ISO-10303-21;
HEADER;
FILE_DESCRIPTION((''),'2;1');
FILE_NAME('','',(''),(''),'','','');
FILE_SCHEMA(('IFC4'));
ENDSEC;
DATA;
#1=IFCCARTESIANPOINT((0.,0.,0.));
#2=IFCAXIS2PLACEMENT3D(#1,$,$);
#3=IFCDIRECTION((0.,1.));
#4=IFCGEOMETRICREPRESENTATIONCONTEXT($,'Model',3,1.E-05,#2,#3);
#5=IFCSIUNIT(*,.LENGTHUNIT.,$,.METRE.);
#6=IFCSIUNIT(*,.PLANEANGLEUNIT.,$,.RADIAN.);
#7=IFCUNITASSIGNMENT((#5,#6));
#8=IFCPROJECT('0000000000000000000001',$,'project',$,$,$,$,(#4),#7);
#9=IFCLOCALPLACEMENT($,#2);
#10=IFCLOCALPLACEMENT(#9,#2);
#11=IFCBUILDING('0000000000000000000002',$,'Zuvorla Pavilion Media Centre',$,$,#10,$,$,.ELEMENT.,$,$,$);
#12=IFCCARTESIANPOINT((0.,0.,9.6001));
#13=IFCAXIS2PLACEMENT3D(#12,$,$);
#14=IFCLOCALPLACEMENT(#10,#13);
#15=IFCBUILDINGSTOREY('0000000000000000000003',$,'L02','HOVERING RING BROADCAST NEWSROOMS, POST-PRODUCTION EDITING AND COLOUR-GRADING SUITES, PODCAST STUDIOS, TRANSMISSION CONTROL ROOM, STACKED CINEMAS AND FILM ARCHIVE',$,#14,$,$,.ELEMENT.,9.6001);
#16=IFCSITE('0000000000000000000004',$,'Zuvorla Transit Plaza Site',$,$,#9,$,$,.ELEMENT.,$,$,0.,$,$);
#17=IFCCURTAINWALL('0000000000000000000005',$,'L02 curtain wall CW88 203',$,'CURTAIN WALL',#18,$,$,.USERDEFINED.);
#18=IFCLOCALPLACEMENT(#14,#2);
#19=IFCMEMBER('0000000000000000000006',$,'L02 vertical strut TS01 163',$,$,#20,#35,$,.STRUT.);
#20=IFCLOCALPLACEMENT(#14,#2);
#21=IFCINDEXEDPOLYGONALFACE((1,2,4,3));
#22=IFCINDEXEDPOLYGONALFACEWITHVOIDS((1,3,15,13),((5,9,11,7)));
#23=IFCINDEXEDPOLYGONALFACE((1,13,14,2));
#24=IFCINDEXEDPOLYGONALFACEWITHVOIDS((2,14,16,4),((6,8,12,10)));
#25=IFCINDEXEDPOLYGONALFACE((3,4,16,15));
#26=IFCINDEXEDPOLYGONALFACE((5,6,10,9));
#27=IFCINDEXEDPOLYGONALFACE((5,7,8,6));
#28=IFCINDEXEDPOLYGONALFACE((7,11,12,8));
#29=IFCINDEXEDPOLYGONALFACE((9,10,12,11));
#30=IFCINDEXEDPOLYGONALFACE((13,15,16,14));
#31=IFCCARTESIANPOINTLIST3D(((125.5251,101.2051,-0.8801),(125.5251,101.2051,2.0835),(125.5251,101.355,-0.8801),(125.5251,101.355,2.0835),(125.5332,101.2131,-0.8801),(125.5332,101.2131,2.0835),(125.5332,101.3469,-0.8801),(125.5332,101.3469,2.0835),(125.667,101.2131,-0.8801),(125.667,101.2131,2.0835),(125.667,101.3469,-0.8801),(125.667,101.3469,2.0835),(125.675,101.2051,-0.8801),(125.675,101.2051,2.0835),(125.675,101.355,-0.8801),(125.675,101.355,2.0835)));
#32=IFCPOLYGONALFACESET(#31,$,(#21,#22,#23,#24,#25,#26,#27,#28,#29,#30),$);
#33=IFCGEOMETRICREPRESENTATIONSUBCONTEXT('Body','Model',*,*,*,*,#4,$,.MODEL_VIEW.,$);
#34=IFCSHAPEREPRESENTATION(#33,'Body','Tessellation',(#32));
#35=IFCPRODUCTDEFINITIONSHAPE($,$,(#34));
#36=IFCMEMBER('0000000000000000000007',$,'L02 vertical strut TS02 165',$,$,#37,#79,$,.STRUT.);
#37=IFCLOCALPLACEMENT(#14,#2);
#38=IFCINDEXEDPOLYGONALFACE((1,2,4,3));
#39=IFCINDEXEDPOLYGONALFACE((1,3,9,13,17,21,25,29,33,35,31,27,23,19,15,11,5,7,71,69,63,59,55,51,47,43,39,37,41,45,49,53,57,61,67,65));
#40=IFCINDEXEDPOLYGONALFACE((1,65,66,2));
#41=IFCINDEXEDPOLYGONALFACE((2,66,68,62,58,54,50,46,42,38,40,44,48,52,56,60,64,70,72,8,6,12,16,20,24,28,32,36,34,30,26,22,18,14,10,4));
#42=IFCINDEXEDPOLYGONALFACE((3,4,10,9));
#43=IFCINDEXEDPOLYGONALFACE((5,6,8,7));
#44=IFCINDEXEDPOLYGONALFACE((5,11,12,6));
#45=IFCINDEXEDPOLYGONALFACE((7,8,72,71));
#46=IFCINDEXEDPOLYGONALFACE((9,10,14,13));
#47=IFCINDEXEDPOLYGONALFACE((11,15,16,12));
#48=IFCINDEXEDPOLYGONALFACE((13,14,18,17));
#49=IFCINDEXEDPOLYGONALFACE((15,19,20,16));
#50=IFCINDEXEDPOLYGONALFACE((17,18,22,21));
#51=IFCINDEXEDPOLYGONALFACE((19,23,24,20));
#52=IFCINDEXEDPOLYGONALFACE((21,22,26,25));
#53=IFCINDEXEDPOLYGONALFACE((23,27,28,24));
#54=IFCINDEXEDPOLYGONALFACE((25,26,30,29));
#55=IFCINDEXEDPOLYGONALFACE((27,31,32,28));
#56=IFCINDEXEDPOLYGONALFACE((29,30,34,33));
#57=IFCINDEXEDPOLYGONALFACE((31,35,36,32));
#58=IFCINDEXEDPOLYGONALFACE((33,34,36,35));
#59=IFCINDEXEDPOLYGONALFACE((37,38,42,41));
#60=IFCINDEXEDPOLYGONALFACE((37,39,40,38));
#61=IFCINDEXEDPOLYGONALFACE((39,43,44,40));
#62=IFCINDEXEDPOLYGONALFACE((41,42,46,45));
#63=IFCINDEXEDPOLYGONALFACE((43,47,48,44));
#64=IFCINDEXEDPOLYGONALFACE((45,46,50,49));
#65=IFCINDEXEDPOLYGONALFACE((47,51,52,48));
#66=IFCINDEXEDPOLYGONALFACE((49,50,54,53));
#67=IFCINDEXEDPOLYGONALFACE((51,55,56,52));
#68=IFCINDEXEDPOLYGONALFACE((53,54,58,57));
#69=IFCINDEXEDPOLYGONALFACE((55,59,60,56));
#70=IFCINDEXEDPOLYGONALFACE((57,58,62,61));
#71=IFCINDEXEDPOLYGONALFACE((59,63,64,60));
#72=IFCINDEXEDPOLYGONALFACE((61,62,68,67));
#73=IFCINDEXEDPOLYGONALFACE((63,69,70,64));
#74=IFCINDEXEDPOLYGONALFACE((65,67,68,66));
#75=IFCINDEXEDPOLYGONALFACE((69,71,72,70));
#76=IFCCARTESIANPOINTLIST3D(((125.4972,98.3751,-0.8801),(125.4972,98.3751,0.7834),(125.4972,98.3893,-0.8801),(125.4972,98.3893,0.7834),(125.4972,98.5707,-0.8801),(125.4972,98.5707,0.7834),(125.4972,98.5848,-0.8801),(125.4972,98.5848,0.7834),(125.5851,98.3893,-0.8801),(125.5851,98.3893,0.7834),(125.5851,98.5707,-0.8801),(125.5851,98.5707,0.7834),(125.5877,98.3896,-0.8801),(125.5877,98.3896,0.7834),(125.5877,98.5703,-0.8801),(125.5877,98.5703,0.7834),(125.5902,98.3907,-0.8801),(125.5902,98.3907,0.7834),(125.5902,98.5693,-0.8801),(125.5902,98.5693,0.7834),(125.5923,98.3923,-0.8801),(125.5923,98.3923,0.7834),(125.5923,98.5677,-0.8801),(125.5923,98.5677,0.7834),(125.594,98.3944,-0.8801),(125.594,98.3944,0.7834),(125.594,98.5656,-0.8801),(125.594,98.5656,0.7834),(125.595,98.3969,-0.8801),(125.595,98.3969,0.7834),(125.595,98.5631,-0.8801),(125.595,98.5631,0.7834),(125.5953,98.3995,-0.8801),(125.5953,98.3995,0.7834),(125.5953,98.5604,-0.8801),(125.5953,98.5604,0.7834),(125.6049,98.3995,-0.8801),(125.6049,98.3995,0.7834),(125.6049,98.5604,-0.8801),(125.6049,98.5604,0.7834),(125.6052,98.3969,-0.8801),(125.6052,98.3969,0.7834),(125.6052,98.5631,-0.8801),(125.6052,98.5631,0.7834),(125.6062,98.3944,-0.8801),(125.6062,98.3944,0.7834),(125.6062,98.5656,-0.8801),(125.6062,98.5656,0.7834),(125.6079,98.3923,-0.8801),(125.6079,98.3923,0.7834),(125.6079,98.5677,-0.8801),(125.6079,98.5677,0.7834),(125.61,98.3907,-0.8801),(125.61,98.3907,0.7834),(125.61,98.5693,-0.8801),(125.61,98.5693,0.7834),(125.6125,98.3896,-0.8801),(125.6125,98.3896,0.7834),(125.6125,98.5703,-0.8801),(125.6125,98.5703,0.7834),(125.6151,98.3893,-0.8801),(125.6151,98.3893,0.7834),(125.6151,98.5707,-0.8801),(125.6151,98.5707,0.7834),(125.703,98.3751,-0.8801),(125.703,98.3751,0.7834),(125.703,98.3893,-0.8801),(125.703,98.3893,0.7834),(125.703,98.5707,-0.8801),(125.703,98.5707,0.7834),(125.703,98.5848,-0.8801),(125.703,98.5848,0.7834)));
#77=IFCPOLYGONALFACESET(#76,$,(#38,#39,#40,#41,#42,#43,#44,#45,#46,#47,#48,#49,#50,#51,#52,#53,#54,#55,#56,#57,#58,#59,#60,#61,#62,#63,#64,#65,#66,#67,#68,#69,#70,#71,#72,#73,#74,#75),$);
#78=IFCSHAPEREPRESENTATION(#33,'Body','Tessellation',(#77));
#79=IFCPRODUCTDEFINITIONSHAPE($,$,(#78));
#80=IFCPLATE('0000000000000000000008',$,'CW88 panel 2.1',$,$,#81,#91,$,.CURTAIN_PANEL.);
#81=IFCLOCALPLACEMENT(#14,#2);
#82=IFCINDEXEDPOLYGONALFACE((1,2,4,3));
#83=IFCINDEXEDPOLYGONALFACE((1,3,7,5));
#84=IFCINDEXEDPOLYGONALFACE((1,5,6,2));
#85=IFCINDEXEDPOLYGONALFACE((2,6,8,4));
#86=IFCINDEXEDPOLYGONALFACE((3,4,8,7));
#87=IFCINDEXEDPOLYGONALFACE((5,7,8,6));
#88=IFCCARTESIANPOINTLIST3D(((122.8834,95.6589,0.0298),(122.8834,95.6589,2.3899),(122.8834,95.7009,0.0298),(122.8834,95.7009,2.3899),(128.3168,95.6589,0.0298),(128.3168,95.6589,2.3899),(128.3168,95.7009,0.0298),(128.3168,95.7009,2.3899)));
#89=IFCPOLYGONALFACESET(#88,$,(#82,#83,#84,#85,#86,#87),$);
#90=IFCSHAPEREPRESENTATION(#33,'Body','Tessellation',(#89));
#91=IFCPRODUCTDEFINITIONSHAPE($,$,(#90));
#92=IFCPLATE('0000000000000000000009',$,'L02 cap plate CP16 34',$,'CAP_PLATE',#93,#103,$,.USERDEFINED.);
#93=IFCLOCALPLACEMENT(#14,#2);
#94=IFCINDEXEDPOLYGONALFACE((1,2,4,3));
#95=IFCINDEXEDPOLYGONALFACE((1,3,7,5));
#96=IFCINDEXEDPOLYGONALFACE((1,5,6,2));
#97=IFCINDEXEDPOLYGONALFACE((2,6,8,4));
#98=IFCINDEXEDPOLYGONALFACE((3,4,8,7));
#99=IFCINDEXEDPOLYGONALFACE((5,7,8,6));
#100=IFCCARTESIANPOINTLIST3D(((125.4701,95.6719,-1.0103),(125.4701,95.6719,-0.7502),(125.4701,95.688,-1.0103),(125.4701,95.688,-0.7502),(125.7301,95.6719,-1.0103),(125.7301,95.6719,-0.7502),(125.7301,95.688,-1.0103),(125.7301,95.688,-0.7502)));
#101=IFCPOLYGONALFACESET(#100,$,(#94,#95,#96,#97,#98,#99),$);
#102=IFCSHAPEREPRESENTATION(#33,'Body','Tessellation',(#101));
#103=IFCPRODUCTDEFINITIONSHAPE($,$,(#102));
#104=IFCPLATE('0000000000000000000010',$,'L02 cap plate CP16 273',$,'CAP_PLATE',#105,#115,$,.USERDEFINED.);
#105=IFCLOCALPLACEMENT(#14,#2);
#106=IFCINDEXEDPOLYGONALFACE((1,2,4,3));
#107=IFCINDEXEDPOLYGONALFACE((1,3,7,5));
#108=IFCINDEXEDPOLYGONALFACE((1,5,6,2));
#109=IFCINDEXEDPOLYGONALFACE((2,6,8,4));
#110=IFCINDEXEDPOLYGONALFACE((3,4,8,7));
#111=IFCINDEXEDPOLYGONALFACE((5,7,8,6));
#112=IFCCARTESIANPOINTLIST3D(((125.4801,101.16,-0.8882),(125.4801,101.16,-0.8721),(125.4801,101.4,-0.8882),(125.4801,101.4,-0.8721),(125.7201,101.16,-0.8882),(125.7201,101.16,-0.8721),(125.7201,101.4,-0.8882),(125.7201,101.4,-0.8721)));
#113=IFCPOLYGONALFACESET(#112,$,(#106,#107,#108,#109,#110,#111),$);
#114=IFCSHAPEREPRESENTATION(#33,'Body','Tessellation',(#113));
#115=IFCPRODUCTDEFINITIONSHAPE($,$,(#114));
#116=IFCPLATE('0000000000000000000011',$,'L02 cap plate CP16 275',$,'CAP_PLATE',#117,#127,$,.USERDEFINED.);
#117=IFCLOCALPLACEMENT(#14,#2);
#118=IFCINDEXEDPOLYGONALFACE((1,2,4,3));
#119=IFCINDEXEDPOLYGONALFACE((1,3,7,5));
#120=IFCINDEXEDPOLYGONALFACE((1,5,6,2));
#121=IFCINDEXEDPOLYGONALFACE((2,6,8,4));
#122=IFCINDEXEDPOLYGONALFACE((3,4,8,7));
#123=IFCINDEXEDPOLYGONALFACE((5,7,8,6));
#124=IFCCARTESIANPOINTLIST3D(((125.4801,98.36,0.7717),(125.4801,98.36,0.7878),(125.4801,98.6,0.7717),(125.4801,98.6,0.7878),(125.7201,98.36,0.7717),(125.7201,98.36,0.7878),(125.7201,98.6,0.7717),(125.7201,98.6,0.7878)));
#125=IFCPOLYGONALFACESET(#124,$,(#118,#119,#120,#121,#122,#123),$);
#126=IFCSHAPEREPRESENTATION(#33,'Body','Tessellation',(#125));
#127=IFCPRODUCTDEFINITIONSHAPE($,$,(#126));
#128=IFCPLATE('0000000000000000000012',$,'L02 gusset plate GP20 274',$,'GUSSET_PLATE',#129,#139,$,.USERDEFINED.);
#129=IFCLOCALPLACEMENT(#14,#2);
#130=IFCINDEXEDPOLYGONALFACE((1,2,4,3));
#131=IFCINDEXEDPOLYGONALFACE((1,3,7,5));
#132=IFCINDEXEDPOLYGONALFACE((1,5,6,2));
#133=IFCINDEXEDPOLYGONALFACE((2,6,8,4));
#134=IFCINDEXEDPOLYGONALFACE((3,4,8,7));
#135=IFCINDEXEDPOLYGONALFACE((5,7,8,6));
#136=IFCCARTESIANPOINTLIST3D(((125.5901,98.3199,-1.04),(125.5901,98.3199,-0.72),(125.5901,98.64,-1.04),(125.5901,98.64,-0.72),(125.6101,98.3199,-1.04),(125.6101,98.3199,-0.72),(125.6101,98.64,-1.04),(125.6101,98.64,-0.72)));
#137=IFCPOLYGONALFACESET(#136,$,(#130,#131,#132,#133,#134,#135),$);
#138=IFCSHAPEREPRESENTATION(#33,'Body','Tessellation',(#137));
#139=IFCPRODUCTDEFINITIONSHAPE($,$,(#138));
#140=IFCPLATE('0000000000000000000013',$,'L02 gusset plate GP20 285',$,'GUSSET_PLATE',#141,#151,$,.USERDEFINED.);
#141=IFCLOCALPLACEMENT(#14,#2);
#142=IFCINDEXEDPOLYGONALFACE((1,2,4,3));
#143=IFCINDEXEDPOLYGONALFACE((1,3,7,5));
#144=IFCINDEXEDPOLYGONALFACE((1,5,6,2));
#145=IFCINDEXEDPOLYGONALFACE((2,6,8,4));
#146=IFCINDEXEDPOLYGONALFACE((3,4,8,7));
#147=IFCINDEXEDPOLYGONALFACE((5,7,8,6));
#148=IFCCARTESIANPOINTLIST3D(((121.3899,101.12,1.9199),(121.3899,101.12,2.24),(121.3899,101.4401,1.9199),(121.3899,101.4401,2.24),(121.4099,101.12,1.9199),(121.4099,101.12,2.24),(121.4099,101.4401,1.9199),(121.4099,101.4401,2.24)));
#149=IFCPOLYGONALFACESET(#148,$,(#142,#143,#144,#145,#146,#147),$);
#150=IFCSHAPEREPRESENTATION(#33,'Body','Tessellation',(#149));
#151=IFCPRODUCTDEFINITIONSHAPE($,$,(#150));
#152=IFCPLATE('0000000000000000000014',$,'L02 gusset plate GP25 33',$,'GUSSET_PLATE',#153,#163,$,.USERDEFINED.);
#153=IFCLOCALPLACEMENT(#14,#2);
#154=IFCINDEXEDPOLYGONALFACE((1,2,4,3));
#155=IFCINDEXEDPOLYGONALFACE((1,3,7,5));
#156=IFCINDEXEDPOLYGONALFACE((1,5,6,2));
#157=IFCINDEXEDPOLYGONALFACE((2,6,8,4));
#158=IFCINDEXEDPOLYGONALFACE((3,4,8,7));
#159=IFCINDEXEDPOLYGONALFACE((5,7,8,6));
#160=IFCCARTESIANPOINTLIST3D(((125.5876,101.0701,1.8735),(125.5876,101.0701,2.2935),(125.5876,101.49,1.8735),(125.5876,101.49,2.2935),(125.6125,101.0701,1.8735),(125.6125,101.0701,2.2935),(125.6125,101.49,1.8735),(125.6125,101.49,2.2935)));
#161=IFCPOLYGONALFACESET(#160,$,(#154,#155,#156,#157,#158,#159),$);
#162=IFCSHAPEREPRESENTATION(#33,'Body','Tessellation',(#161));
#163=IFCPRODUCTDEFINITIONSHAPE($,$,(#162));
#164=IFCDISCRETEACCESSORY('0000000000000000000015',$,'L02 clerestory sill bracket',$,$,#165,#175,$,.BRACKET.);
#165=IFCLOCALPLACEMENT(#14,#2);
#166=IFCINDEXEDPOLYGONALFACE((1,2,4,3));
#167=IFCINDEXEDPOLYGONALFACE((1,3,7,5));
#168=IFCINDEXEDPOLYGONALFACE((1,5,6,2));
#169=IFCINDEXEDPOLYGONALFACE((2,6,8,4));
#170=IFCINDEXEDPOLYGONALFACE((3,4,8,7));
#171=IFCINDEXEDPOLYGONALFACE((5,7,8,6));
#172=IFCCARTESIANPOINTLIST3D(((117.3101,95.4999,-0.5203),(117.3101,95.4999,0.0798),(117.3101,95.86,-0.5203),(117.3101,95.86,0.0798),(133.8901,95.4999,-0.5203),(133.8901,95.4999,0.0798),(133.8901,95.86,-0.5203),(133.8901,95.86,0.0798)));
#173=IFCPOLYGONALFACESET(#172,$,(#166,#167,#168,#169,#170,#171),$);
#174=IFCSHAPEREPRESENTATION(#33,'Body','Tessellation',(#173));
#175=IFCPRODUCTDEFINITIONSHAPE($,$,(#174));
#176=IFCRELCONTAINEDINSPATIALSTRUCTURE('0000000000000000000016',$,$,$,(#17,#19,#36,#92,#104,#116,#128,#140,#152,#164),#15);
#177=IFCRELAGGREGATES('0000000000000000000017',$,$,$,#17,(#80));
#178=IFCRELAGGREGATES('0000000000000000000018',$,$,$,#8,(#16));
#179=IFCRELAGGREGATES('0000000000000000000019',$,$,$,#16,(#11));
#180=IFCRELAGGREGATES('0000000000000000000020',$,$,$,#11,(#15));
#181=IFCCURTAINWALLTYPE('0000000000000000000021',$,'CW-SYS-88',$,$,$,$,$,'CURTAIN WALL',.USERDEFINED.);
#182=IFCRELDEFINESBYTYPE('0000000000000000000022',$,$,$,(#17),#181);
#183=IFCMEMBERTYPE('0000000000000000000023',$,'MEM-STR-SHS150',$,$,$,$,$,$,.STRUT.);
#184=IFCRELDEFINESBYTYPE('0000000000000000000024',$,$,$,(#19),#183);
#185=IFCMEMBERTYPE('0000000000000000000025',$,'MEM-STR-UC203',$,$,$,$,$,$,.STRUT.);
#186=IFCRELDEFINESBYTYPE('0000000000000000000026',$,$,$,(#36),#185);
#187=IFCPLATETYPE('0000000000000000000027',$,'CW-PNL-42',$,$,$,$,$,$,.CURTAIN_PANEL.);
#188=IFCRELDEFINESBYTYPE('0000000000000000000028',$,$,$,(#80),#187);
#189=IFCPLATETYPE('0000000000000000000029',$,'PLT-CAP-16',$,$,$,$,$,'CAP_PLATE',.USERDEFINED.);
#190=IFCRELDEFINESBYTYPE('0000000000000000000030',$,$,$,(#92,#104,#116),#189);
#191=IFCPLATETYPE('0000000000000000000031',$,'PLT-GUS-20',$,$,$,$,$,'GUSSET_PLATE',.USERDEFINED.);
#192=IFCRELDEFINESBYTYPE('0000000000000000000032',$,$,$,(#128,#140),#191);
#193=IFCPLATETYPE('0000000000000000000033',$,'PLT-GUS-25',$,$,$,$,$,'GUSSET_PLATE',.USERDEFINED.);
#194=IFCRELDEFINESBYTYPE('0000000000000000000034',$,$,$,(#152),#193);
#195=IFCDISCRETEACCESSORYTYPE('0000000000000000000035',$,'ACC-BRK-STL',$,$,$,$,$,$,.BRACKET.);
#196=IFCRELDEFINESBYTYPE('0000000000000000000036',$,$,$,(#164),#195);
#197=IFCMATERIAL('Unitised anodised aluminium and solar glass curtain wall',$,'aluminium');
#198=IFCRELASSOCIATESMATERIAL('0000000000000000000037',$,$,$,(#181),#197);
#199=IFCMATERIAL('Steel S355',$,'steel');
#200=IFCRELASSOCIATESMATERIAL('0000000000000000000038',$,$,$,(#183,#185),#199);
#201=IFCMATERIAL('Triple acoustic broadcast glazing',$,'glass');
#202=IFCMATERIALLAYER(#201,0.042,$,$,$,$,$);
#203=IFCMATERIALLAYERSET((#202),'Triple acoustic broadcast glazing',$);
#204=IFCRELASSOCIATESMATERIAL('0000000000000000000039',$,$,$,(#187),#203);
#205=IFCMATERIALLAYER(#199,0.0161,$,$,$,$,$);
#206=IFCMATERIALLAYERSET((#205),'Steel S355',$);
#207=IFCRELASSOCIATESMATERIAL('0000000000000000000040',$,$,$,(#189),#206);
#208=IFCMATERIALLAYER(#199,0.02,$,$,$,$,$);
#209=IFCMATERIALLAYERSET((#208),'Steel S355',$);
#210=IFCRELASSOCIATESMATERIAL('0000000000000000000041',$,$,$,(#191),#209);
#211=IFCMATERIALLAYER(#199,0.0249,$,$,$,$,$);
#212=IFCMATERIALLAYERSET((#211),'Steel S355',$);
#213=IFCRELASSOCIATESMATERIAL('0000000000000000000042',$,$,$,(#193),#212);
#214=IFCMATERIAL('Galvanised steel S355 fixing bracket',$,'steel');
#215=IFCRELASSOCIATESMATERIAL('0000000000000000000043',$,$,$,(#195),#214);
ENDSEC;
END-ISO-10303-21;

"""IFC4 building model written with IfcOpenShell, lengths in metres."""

from ifc_helpers import new_model, si_unit, direction, frame, origin, origin_2d, place, context, subcontext, project, spatial, rectangle, hollow_rectangle, i_section, extrude, material, layer, layer_set, material_profile, profile_set, type_object, element, aggregate, save


model = new_model("IFC4")

# Units and contexts
model_context = context("Model", 3, precision=1e-05, world=origin(), true_north=direction((0.0, 1.0)))
body_context = subcontext(model_context, "Body", "Model", "MODEL_VIEW")
ifc_project = project(units=[si_unit("LENGTHUNIT", "METRE"), si_unit("PLANEANGLEUNIT", "RADIAN")], contexts=[model_context])

# Site, building, storey
site_placement = place(None, origin())
site = spatial("IfcSite", under=ifc_project, at=site_placement, Name="Zuvorla Transit Plaza Site", CompositionType="ELEMENT", RefElevation=0.0)
building_placement = place(site_placement, origin())
building = spatial("IfcBuilding", under=site, at=building_placement, Name="Zuvorla Pavilion Media Centre", CompositionType="ELEMENT")
storey_placement = place(building_placement, frame((0.0, 0.0, 9.6001)))
storey = spatial("IfcBuildingStorey", under=building, at=storey_placement, Name="L02", Description="HOVERING RING BROADCAST NEWSROOMS, POST-PRODUCTION EDITING AND COLOUR-GRADING SUITES, PODCAST STUDIOS, TRANSMISSION CONTROL ROOM, STACKED CINEMAS AND FILM ARCHIVE", CompositionType="ELEMENT", Elevation=9.6001)

# Shared definitions
ifc_material_1 = material(Name="Steel S355", Category="steel")

# Curtain wall
ifc_material_2 = material(Name="Unitised anodised aluminium and solar glass curtain wall", Category="aluminium")
curtain_wall_type = type_object("IfcCurtainWallType", Name="CW-SYS-88", ElementType="CURTAIN WALL", PredefinedType="USERDEFINED", material=ifc_material_2)
curtain_wall_placement = place(storey_placement, origin())
curtain_wall = element("IfcCurtainWall", 1, at=curtain_wall_placement, inside=storey, type_object=curtain_wall_type, Name="L02 curtain wall CW88 203", ObjectType="CURTAIN WALL", PredefinedType="USERDEFINED")

# Members
ifc_material_profile_1 = material_profile(ifc_material_1, hollow_rectangle(XDim=0.1499, YDim=0.1499, WallThickness=0.0081, at=origin_2d()), Name="SHS 150x150x8")
ifc_profile_set_1 = profile_set([ifc_material_profile_1], Name="Steel S355")
member_type_1 = type_object("IfcMemberType", Name="MEM-STR-SHS150", PredefinedType="STRUT", material=ifc_profile_set_1)
member_1_placement = place(storey_placement, frame((125.6001, 101.28, -0.8801), z_axis=(0.0, 0.0, 1.0), x_axis=(1.0, 0.0, 0.0)))
element("IfcMember", 2, at=member_1_placement, inside=storey, type_object=member_type_1, Name="L02 vertical strut TS01 163", PredefinedType="STRUT", context=body_context, shape_type="SweptSolid", body=[
    extrude(hollow_rectangle(XDim=0.1499, YDim=0.1499, WallThickness=0.0081, at=origin_2d()), origin(), (0.0, 0.0, 1.0), 2.9636),
])
ifc_material_profile_2 = material_profile(ifc_material_1, i_section(OverallWidth=0.2058, OverallDepth=0.2097, WebThickness=0.0095, FlangeThickness=0.0142, FilletRadius=0.0103, at=origin_2d()), Name="UC 203x203x60")
ifc_profile_set_2 = profile_set([ifc_material_profile_2], Name="Steel S355")
member_type_2 = type_object("IfcMemberType", Name="MEM-STR-UC203", PredefinedType="STRUT", material=ifc_profile_set_2)
member_2_placement = place(storey_placement, frame((125.6001, 98.48, -0.8801), z_axis=(0.0, 0.0, 1.0), x_axis=(1.0, 0.0, 0.0)))
element("IfcMember", 3, at=member_2_placement, inside=storey, type_object=member_type_2, Name="L02 vertical strut TS02 165", PredefinedType="STRUT", context=body_context, shape_type="SweptSolid", body=[
    extrude(i_section(OverallWidth=0.2058, OverallDepth=0.2097, WebThickness=0.0095, FlangeThickness=0.0142, FilletRadius=0.0103, at=origin_2d()), origin(), (0.0, 0.0, 1.0), 1.6636),
])

# Plate
ifc_material_3 = material(Name="Triple acoustic broadcast glazing", Category="glass")
ifc_layer_1 = layer(ifc_material_3, 0.042)
ifc_layer_set_1 = layer_set([ifc_layer_1], Name="Triple acoustic broadcast glazing")
plate_type_1 = type_object("IfcPlateType", Name="CW-PNL-42", PredefinedType="CURTAIN_PANEL", material=ifc_layer_set_1)
plate_1_placement = place(storey_placement, frame((125.6001, 95.6799, 0.0298), z_axis=(0.0, 0.0, 1.0), x_axis=(1.0, 0.0, 0.0)))
plate_1 = element("IfcPlate", 4, at=plate_1_placement, type_object=plate_type_1, Name="CW88 panel 2.1", PredefinedType="CURTAIN_PANEL", context=body_context, shape_type="SweptSolid", body=[
    extrude(rectangle(XDim=5.4333, YDim=0.042, at=origin_2d()), origin(), (0.0, 0.0, 1.0), 2.3601),
])
aggregate(curtain_wall, [plate_1])

# Plates
ifc_layer_2 = layer(ifc_material_1, 0.0161)
ifc_layer_set_2 = layer_set([ifc_layer_2], Name="Steel S355")
plate_type_2 = type_object("IfcPlateType", Name="PLT-CAP-16", ElementType="CAP_PLATE", PredefinedType="USERDEFINED", material=ifc_layer_set_2)
plate_2_placement = place(storey_placement, frame((125.6001, 95.6799, -1.0103), z_axis=(0.0, 0.0, 1.0), x_axis=(1.0, 0.0, 0.0)))
element("IfcPlate", 5, at=plate_2_placement, inside=storey, type_object=plate_type_2, Name="L02 cap plate CP16 34", ObjectType="CAP_PLATE", PredefinedType="USERDEFINED", context=body_context, shape_type="SweptSolid", body=[
    extrude(rectangle(XDim=0.26, YDim=0.0161, at=origin_2d()), origin(), (0.0, 0.0, 1.0), 0.26),
])
for number, where, z_axis, x_axis, name in (
    (6, (125.6001, 101.28, -0.8882), (0.0, 0.0, 1.0), (1.0, 0.0, 0.0), "L02 cap plate CP16 273"),
    (7, (125.6001, 98.48, 0.7717), (0.0, 0.0, 1.0), (1.0, 0.0, 0.0), "L02 cap plate CP16 275"),
):
    element("IfcPlate", number, at=place(storey_placement, frame(where, z_axis=z_axis, x_axis=x_axis)), inside=storey, type_object=plate_type_2, Name=name, ObjectType="CAP_PLATE", PredefinedType="USERDEFINED", context=body_context, shape_type="SweptSolid", body=[
        extrude(rectangle(XDim=0.24, YDim=0.24, at=origin_2d()), origin(), (0.0, 0.0, 1.0), 0.0161),
    ])
ifc_layer_3 = layer(ifc_material_1, 0.02)
ifc_layer_set_3 = layer_set([ifc_layer_3], Name="Steel S355")
plate_type_3 = type_object("IfcPlateType", Name="PLT-GUS-20", ElementType="GUSSET_PLATE", PredefinedType="USERDEFINED", material=ifc_layer_set_3)
for number, where, z_axis, x_axis, name in (
    (8, (125.6001, 98.48, -1.04), (0.0, 0.0, 1.0), (1.0, 0.0, 0.0), "L02 gusset plate GP20 274"),
    (9, (121.3999, 101.28, 1.9199), (0.0, 0.0, 1.0), (1.0, 0.0, 0.0), "L02 gusset plate GP20 285"),
):
    element("IfcPlate", number, at=place(storey_placement, frame(where, z_axis=z_axis, x_axis=x_axis)), inside=storey, type_object=plate_type_3, Name=name, ObjectType="GUSSET_PLATE", PredefinedType="USERDEFINED", context=body_context, shape_type="SweptSolid", body=[
        extrude(rectangle(XDim=0.02, YDim=0.3201, at=origin_2d()), origin(), (0.0, 0.0, 1.0), 0.3201),
    ])
ifc_layer_4 = layer(ifc_material_1, 0.0249)
ifc_layer_set_4 = layer_set([ifc_layer_4], Name="Steel S355")
plate_type_4 = type_object("IfcPlateType", Name="PLT-GUS-25", ElementType="GUSSET_PLATE", PredefinedType="USERDEFINED", material=ifc_layer_set_4)
plate_3_placement = place(storey_placement, frame((125.6001, 101.28, 1.8735), z_axis=(0.0, 0.0, 1.0), x_axis=(1.0, 0.0, 0.0)))
element("IfcPlate", 10, at=plate_3_placement, inside=storey, type_object=plate_type_4, Name="L02 gusset plate GP25 33", ObjectType="GUSSET_PLATE", PredefinedType="USERDEFINED", context=body_context, shape_type="SweptSolid", body=[
    extrude(rectangle(XDim=0.0249, YDim=0.4199, at=origin_2d()), origin(), (0.0, 0.0, 1.0), 0.4199),
])

# Discrete accessory
ifc_material_4 = material(Name="Galvanised steel S355 fixing bracket", Category="steel")
discrete_accessory_type = type_object("IfcDiscreteAccessoryType", Name="ACC-BRK-STL", PredefinedType="BRACKET", material=ifc_material_4)
discrete_accessory_placement = place(storey_placement, frame((125.6001, 95.6799, -0.5203), z_axis=(0.0, 0.0, 1.0), x_axis=(1.0, 0.0, 0.0)))
element("IfcDiscreteAccessory", 11, at=discrete_accessory_placement, inside=storey, type_object=discrete_accessory_type, Name="L02 clerestory sill bracket", PredefinedType="BRACKET", context=body_context, shape_type="SweptSolid", body=[
    extrude(rectangle(XDim=16.5801, YDim=0.3601, at=origin_2d()), origin(), (0.0, 0.0, 1.0), 0.6001),
])

save(model, "model.ifc")
